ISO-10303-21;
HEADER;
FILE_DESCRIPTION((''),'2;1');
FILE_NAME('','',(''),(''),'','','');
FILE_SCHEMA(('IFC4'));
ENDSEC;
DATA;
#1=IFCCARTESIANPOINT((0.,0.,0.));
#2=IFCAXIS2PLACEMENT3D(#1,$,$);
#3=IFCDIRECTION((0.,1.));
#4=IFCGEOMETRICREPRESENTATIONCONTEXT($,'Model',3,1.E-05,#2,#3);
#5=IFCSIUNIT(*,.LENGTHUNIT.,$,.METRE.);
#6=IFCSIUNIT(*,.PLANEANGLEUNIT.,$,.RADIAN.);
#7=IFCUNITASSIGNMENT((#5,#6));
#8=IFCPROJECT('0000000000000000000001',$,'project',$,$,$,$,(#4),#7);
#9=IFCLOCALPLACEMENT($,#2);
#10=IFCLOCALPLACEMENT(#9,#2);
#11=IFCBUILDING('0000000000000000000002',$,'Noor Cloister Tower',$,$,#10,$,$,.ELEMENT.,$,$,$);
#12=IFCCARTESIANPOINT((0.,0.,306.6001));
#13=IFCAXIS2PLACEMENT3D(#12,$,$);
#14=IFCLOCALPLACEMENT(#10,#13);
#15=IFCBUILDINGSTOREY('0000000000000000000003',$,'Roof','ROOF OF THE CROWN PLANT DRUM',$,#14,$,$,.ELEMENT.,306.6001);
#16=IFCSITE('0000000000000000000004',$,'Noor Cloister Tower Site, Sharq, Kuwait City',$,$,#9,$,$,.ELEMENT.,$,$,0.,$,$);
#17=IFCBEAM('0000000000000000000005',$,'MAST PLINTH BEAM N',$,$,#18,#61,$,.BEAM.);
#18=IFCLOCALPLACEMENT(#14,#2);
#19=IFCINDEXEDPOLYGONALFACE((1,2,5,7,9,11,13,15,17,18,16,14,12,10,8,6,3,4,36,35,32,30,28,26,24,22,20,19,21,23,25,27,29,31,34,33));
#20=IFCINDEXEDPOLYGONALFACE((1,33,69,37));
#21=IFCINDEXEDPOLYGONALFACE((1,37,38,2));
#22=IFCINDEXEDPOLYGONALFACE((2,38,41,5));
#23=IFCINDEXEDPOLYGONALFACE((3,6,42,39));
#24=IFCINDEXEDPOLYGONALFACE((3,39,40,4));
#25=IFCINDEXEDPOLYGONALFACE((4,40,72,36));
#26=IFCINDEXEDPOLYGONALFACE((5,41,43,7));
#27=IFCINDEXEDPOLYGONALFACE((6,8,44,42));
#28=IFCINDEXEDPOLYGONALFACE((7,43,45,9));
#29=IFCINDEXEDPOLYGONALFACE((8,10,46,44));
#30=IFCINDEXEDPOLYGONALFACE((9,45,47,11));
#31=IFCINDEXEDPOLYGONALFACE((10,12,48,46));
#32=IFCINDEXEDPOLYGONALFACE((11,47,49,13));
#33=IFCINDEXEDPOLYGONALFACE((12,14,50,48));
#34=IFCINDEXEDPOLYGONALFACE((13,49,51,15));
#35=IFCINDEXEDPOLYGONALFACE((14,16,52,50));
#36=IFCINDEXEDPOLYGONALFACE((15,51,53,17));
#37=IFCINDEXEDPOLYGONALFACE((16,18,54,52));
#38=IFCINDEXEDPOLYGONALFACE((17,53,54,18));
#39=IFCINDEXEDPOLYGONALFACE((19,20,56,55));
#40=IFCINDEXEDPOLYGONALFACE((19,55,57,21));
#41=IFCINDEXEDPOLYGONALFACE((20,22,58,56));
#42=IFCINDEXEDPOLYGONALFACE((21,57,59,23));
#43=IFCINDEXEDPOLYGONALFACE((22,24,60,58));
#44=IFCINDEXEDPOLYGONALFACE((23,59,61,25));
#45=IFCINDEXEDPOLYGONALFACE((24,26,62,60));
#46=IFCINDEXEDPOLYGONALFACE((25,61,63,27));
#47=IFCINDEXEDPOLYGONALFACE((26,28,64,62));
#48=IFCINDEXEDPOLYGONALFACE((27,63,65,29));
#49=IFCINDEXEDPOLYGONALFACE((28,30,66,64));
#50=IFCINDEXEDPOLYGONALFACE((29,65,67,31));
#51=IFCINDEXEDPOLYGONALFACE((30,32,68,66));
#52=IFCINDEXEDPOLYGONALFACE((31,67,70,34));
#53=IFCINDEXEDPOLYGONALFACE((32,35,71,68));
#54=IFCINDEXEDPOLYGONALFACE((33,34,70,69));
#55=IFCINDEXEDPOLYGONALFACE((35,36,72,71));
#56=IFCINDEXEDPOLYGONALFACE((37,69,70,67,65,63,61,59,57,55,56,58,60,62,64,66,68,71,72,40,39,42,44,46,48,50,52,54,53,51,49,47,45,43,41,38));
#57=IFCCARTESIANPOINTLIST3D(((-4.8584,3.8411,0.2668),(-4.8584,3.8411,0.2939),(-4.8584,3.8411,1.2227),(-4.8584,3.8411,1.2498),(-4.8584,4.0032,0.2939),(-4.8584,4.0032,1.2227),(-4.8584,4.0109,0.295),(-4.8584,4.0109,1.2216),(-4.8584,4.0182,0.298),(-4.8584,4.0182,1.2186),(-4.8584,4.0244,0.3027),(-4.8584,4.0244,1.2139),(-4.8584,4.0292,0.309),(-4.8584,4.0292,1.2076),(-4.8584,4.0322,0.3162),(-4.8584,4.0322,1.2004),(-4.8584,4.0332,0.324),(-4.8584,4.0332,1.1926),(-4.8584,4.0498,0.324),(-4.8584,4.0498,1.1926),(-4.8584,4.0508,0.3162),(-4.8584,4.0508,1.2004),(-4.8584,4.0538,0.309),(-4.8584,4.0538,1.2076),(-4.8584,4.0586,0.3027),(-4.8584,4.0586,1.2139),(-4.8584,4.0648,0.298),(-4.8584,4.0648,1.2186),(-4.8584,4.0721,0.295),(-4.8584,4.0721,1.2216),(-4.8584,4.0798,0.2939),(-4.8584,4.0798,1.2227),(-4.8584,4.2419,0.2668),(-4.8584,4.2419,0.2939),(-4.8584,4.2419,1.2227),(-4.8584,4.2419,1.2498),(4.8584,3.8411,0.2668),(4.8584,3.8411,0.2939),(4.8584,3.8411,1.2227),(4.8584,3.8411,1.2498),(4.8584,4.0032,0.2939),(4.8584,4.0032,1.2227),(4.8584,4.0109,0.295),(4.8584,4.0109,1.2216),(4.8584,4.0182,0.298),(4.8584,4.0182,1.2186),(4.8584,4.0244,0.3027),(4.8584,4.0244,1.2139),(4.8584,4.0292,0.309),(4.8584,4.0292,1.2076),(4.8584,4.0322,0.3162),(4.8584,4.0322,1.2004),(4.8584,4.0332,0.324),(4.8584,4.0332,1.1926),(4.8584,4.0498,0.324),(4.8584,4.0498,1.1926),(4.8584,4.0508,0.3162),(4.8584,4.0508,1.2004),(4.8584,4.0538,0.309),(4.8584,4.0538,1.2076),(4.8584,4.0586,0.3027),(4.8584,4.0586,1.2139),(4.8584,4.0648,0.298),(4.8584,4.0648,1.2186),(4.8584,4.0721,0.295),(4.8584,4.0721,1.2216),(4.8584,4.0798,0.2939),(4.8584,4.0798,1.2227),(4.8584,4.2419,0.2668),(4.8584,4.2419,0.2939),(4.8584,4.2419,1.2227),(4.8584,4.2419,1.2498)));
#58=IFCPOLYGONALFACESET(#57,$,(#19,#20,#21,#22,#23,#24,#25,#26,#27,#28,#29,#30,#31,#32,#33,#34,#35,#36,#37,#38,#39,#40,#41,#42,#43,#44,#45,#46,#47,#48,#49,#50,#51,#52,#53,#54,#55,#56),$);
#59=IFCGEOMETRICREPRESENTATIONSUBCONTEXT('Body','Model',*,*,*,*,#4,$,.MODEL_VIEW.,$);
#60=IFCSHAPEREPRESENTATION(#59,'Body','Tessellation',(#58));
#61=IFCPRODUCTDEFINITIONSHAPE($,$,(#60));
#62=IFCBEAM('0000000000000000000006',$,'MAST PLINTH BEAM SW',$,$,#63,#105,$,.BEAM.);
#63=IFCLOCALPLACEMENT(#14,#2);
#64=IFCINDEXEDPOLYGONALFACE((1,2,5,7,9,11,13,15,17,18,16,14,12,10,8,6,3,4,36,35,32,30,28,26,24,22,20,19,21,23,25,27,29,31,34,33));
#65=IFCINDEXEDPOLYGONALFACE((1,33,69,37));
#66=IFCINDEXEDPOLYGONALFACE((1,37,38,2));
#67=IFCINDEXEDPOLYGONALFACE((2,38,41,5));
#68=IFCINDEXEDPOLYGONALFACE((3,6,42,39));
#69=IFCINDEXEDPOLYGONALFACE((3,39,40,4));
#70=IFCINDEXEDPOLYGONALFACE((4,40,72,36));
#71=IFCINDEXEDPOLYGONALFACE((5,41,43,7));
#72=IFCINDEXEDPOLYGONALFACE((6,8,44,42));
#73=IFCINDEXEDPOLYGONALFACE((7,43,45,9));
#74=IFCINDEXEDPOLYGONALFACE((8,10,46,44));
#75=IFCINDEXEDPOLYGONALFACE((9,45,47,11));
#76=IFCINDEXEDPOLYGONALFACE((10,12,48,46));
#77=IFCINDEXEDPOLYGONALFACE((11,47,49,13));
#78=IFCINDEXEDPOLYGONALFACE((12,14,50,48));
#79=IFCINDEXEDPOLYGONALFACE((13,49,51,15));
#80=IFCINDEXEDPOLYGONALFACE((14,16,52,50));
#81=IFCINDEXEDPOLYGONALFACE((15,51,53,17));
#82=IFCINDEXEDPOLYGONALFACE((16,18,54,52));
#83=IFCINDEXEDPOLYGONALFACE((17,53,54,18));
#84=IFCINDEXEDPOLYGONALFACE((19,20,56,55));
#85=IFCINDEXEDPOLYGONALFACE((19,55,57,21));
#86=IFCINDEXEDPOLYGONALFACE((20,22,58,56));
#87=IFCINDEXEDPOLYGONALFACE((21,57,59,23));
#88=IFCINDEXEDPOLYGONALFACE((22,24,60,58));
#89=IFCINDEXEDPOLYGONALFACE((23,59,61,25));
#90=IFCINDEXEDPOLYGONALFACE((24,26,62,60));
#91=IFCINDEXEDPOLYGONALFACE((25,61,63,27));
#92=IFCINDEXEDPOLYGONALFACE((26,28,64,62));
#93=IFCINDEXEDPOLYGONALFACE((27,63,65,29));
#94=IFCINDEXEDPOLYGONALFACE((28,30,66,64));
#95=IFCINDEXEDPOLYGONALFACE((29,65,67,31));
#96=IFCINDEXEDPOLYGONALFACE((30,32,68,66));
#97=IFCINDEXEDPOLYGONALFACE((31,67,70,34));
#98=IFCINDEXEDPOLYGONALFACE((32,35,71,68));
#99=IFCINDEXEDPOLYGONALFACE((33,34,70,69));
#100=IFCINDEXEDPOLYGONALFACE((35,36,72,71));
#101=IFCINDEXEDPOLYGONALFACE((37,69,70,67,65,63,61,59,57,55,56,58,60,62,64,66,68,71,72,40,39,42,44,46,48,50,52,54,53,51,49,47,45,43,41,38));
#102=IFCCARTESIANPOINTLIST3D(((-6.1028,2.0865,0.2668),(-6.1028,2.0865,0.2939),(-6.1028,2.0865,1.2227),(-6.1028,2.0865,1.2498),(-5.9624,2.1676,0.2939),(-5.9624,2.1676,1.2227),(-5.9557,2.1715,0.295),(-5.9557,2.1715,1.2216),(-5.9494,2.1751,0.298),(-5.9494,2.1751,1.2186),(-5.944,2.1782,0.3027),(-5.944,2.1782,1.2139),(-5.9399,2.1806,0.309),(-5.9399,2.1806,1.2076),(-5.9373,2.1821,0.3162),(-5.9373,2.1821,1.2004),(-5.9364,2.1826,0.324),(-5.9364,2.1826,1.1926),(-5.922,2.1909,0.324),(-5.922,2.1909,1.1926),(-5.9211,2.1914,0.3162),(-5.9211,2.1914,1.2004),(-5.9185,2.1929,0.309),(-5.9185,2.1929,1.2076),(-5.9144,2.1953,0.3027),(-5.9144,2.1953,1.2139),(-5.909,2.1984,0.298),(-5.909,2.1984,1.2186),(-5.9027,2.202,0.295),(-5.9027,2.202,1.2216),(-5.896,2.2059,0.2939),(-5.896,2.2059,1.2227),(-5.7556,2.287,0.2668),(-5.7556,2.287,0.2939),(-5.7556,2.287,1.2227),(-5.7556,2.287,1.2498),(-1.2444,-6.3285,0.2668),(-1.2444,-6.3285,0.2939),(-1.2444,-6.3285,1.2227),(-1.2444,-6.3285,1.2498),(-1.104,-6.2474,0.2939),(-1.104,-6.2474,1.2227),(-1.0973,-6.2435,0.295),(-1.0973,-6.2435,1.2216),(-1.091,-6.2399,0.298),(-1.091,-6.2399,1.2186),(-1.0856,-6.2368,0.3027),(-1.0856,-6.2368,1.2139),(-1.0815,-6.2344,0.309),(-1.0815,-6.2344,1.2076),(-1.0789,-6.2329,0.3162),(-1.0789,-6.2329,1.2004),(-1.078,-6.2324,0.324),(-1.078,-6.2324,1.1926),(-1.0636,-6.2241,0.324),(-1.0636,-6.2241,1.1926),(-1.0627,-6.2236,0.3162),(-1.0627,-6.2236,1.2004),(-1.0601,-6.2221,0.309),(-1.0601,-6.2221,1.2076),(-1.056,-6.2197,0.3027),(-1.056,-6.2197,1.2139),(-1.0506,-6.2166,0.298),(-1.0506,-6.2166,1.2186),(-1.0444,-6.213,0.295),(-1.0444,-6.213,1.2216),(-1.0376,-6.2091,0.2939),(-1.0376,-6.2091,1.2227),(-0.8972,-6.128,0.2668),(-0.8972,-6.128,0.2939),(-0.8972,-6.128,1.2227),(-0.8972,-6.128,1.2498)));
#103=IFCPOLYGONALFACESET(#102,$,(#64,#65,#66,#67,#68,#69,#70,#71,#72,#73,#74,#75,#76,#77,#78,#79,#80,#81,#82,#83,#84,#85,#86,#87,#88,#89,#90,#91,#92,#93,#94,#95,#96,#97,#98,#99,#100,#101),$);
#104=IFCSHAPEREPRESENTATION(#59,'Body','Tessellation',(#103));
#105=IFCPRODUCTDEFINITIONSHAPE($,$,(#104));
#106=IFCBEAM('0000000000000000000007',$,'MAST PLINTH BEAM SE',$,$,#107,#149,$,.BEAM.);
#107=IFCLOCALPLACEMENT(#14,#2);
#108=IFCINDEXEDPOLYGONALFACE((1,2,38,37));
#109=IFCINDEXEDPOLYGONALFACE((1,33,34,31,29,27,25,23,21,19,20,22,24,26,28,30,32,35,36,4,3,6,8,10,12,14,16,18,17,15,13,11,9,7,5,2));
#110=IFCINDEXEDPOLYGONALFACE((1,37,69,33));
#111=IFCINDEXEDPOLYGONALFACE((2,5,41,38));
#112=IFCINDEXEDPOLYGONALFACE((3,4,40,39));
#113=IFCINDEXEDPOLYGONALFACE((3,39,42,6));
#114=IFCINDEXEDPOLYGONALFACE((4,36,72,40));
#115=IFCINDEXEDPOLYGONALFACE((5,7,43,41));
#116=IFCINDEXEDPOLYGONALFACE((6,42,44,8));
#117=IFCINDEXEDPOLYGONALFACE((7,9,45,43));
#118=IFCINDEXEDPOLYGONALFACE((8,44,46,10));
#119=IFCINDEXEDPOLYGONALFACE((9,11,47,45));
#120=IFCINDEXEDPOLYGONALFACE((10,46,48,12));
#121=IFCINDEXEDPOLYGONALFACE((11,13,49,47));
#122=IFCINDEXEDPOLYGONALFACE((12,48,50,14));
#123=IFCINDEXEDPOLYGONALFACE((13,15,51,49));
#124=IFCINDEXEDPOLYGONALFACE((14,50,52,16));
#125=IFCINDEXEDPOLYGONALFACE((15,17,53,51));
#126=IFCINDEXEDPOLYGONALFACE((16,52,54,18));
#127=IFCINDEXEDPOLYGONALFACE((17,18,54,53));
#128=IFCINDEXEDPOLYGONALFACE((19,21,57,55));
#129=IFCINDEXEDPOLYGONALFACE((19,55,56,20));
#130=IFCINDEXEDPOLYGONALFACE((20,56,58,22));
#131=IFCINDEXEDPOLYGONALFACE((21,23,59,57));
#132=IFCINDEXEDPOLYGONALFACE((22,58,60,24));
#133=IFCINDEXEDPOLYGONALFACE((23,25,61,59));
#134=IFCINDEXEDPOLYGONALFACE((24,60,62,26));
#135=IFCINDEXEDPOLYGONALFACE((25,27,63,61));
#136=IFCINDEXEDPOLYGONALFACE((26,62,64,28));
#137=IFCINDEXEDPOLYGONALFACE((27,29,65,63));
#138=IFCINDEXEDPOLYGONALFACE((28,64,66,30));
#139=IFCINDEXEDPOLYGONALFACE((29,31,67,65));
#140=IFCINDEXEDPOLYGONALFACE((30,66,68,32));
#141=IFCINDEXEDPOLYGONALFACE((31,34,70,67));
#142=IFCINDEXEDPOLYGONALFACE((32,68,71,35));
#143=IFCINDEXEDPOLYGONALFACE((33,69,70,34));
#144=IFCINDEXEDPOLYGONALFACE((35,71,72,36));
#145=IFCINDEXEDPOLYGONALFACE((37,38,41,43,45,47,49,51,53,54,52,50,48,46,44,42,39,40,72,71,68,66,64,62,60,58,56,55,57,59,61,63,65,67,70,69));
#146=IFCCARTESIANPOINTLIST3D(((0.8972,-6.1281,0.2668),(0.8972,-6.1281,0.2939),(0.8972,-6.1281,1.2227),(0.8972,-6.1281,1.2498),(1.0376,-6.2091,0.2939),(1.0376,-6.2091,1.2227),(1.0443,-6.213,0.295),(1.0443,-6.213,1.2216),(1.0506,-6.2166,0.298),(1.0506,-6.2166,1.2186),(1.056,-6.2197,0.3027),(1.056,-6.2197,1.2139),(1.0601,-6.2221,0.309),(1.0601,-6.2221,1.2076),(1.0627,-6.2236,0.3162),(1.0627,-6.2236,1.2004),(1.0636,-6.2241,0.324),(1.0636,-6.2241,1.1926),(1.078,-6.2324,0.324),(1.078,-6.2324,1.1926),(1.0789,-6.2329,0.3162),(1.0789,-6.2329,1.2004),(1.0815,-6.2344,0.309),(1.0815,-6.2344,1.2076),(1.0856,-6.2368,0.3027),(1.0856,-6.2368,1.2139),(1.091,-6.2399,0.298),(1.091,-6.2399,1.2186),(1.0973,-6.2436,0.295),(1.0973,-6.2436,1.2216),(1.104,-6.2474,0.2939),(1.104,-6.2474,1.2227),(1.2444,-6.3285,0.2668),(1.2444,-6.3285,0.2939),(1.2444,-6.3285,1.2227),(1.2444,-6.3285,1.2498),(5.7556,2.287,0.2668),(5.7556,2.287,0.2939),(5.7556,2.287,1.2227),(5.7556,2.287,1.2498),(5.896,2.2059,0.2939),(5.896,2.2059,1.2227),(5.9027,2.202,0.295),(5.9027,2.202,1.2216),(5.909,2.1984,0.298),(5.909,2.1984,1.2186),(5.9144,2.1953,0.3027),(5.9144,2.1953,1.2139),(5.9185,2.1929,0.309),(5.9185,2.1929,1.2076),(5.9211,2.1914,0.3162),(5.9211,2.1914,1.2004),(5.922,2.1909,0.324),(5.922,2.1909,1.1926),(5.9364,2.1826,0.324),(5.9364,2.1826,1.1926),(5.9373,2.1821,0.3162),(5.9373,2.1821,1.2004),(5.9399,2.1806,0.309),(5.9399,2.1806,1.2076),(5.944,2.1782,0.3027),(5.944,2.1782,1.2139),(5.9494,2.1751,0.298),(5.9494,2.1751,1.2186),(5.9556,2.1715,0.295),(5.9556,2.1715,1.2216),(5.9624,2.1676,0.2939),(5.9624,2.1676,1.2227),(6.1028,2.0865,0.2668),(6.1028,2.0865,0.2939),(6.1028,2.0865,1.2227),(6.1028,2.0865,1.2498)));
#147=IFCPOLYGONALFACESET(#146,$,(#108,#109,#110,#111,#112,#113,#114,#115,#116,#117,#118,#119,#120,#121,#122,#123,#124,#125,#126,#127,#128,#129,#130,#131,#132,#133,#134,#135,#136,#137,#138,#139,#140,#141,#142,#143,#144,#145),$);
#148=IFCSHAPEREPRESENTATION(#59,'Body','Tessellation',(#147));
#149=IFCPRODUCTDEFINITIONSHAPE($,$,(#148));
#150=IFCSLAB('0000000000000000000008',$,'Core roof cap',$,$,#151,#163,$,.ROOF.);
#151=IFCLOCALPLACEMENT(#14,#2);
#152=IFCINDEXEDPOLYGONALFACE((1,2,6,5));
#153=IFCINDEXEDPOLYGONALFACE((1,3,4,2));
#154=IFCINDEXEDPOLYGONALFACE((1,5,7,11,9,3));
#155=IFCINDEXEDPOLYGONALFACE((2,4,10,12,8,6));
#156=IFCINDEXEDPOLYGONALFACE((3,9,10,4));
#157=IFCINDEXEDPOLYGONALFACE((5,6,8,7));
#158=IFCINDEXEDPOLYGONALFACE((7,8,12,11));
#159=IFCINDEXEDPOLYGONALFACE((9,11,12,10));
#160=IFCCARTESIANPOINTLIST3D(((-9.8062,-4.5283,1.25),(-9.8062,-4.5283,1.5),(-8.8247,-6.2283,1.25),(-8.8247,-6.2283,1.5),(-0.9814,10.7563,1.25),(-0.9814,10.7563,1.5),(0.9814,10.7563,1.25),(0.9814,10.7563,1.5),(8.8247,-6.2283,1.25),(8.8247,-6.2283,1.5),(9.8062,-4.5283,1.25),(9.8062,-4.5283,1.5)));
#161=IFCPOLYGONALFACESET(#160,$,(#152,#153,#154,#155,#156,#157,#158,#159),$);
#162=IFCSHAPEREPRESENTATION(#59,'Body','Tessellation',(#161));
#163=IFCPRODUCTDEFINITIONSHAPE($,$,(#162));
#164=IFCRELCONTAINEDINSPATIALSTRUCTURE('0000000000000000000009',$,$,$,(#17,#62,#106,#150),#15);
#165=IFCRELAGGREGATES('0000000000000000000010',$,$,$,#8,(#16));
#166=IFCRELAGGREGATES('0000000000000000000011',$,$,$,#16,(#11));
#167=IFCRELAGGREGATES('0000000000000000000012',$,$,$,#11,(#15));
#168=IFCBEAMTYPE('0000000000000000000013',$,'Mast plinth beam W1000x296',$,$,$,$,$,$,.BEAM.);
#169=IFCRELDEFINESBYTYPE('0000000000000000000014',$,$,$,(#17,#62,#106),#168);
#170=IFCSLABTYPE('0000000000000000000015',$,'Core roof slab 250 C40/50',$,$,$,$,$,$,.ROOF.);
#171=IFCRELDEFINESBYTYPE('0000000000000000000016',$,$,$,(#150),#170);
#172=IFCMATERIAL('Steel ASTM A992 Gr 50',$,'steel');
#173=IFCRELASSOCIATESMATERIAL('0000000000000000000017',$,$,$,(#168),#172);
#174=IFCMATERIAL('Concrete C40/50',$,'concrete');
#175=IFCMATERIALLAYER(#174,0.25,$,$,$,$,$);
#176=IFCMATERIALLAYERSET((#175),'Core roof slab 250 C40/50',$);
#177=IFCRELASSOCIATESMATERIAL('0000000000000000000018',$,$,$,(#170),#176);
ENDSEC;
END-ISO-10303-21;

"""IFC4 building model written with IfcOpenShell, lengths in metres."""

from ifc_helpers import new_model, si_unit, direction, frame, origin, origin_2d, place, context, subcontext, project, spatial, polyline, i_section, outline, extrude, material, layer, layer_set, material_profile, profile_set, type_object, element, save


model = new_model("IFC4")

# Units and contexts
model_context = context("Model", 3, precision=1e-05, world=origin(), true_north=direction((0.0, 1.0)))
body_context = subcontext(model_context, "Body", "Model", "MODEL_VIEW")
ifc_project = project(units=[si_unit("LENGTHUNIT", "METRE"), si_unit("PLANEANGLEUNIT", "RADIAN")], contexts=[model_context])

# Site, building, storey
site_placement = place(None, origin())
site = spatial("IfcSite", under=ifc_project, at=site_placement, Name="Noor Cloister Tower Site, Sharq, Kuwait City", CompositionType="ELEMENT", RefElevation=0.0)
building_placement = place(site_placement, origin())
building = spatial("IfcBuilding", under=site, at=building_placement, Name="Noor Cloister Tower", CompositionType="ELEMENT")
storey_placement = place(building_placement, frame((0.0, 0.0, 306.6001)))
storey = spatial("IfcBuildingStorey", under=building, at=storey_placement, Name="Roof", Description="ROOF OF THE CROWN PLANT DRUM", CompositionType="ELEMENT", Elevation=306.6001)

# Beams
ifc_material_1 = material(Name="Steel ASTM A992 Gr 50", Category="steel")
ifc_material_profile_1 = material_profile(ifc_material_1, i_section(OverallWidth=0.4009, OverallDepth=0.9829, WebThickness=0.0166, FlangeThickness=0.0271, FilletRadius=0.03, at=origin_2d()), Name="W1000x296")
ifc_profile_set_1 = profile_set([ifc_material_profile_1], Name="Steel ASTM A992 Gr 50")
beam_type = type_object("IfcBeamType", Name="Mast plinth beam W1000x296", PredefinedType="BEAM", material=ifc_profile_set_1)
for number, where, z_axis, x_axis, name in (
    (1, (4.8584, 4.0415, 0.7583), (-1.0, 0.0, 0.0), (0.0, -1.0, 0.0), "MAST PLINTH BEAM N"),
    (2, (-5.9292, 2.1868, 0.7583), (0.499998, -0.866027, 0.0), (0.866027, 0.499998, 0.0), "MAST PLINTH BEAM SW"),
    (3, (1.0708, -6.2283, 0.7583), (0.499998, 0.866027, 0.0), (-0.866027, 0.499998, 0.0), "MAST PLINTH BEAM SE"),
):
    element("IfcBeam", number, at=place(storey_placement, frame(where, z_axis=z_axis, x_axis=x_axis)), inside=storey, type_object=beam_type, Name=name, PredefinedType="BEAM", context=body_context, shape_type="SweptSolid", body=[
        extrude(i_section(OverallWidth=0.4009, OverallDepth=0.9829, WebThickness=0.0166, FlangeThickness=0.0271, FilletRadius=0.03, at=origin_2d()), origin(), (0.0, 0.0, 1.0), 9.7168),
    ])

# Slab
ifc_material_2 = material(Name="Concrete C40/50", Category="concrete")
ifc_layer = layer(ifc_material_2, 0.25)
ifc_layer_set = layer_set([ifc_layer], Name="Core roof slab 250 C40/50")
slab_type = type_object("IfcSlabType", Name="Core roof slab 250 C40/50", PredefinedType="ROOF", material=ifc_layer_set)
slab_placement = place(storey_placement, frame((0.0, 0.0, 1.25)))
element("IfcSlab", 4, at=slab_placement, inside=storey, type_object=slab_type, Name="Core roof cap", PredefinedType="ROOF", context=body_context, shape_type="SweptSolid", body=[
    extrude(outline(polyline([(-8.8247, -6.2283), (8.8247, -6.2283), (9.8062, -4.5283), (0.9814, 10.7563), (-0.9814, 10.7563), (-9.8062, -4.5283), (-8.8247, -6.2283)])), origin(), (0.0, 0.0, 1.0), 0.25),
])

save(model, "model.ifc")
